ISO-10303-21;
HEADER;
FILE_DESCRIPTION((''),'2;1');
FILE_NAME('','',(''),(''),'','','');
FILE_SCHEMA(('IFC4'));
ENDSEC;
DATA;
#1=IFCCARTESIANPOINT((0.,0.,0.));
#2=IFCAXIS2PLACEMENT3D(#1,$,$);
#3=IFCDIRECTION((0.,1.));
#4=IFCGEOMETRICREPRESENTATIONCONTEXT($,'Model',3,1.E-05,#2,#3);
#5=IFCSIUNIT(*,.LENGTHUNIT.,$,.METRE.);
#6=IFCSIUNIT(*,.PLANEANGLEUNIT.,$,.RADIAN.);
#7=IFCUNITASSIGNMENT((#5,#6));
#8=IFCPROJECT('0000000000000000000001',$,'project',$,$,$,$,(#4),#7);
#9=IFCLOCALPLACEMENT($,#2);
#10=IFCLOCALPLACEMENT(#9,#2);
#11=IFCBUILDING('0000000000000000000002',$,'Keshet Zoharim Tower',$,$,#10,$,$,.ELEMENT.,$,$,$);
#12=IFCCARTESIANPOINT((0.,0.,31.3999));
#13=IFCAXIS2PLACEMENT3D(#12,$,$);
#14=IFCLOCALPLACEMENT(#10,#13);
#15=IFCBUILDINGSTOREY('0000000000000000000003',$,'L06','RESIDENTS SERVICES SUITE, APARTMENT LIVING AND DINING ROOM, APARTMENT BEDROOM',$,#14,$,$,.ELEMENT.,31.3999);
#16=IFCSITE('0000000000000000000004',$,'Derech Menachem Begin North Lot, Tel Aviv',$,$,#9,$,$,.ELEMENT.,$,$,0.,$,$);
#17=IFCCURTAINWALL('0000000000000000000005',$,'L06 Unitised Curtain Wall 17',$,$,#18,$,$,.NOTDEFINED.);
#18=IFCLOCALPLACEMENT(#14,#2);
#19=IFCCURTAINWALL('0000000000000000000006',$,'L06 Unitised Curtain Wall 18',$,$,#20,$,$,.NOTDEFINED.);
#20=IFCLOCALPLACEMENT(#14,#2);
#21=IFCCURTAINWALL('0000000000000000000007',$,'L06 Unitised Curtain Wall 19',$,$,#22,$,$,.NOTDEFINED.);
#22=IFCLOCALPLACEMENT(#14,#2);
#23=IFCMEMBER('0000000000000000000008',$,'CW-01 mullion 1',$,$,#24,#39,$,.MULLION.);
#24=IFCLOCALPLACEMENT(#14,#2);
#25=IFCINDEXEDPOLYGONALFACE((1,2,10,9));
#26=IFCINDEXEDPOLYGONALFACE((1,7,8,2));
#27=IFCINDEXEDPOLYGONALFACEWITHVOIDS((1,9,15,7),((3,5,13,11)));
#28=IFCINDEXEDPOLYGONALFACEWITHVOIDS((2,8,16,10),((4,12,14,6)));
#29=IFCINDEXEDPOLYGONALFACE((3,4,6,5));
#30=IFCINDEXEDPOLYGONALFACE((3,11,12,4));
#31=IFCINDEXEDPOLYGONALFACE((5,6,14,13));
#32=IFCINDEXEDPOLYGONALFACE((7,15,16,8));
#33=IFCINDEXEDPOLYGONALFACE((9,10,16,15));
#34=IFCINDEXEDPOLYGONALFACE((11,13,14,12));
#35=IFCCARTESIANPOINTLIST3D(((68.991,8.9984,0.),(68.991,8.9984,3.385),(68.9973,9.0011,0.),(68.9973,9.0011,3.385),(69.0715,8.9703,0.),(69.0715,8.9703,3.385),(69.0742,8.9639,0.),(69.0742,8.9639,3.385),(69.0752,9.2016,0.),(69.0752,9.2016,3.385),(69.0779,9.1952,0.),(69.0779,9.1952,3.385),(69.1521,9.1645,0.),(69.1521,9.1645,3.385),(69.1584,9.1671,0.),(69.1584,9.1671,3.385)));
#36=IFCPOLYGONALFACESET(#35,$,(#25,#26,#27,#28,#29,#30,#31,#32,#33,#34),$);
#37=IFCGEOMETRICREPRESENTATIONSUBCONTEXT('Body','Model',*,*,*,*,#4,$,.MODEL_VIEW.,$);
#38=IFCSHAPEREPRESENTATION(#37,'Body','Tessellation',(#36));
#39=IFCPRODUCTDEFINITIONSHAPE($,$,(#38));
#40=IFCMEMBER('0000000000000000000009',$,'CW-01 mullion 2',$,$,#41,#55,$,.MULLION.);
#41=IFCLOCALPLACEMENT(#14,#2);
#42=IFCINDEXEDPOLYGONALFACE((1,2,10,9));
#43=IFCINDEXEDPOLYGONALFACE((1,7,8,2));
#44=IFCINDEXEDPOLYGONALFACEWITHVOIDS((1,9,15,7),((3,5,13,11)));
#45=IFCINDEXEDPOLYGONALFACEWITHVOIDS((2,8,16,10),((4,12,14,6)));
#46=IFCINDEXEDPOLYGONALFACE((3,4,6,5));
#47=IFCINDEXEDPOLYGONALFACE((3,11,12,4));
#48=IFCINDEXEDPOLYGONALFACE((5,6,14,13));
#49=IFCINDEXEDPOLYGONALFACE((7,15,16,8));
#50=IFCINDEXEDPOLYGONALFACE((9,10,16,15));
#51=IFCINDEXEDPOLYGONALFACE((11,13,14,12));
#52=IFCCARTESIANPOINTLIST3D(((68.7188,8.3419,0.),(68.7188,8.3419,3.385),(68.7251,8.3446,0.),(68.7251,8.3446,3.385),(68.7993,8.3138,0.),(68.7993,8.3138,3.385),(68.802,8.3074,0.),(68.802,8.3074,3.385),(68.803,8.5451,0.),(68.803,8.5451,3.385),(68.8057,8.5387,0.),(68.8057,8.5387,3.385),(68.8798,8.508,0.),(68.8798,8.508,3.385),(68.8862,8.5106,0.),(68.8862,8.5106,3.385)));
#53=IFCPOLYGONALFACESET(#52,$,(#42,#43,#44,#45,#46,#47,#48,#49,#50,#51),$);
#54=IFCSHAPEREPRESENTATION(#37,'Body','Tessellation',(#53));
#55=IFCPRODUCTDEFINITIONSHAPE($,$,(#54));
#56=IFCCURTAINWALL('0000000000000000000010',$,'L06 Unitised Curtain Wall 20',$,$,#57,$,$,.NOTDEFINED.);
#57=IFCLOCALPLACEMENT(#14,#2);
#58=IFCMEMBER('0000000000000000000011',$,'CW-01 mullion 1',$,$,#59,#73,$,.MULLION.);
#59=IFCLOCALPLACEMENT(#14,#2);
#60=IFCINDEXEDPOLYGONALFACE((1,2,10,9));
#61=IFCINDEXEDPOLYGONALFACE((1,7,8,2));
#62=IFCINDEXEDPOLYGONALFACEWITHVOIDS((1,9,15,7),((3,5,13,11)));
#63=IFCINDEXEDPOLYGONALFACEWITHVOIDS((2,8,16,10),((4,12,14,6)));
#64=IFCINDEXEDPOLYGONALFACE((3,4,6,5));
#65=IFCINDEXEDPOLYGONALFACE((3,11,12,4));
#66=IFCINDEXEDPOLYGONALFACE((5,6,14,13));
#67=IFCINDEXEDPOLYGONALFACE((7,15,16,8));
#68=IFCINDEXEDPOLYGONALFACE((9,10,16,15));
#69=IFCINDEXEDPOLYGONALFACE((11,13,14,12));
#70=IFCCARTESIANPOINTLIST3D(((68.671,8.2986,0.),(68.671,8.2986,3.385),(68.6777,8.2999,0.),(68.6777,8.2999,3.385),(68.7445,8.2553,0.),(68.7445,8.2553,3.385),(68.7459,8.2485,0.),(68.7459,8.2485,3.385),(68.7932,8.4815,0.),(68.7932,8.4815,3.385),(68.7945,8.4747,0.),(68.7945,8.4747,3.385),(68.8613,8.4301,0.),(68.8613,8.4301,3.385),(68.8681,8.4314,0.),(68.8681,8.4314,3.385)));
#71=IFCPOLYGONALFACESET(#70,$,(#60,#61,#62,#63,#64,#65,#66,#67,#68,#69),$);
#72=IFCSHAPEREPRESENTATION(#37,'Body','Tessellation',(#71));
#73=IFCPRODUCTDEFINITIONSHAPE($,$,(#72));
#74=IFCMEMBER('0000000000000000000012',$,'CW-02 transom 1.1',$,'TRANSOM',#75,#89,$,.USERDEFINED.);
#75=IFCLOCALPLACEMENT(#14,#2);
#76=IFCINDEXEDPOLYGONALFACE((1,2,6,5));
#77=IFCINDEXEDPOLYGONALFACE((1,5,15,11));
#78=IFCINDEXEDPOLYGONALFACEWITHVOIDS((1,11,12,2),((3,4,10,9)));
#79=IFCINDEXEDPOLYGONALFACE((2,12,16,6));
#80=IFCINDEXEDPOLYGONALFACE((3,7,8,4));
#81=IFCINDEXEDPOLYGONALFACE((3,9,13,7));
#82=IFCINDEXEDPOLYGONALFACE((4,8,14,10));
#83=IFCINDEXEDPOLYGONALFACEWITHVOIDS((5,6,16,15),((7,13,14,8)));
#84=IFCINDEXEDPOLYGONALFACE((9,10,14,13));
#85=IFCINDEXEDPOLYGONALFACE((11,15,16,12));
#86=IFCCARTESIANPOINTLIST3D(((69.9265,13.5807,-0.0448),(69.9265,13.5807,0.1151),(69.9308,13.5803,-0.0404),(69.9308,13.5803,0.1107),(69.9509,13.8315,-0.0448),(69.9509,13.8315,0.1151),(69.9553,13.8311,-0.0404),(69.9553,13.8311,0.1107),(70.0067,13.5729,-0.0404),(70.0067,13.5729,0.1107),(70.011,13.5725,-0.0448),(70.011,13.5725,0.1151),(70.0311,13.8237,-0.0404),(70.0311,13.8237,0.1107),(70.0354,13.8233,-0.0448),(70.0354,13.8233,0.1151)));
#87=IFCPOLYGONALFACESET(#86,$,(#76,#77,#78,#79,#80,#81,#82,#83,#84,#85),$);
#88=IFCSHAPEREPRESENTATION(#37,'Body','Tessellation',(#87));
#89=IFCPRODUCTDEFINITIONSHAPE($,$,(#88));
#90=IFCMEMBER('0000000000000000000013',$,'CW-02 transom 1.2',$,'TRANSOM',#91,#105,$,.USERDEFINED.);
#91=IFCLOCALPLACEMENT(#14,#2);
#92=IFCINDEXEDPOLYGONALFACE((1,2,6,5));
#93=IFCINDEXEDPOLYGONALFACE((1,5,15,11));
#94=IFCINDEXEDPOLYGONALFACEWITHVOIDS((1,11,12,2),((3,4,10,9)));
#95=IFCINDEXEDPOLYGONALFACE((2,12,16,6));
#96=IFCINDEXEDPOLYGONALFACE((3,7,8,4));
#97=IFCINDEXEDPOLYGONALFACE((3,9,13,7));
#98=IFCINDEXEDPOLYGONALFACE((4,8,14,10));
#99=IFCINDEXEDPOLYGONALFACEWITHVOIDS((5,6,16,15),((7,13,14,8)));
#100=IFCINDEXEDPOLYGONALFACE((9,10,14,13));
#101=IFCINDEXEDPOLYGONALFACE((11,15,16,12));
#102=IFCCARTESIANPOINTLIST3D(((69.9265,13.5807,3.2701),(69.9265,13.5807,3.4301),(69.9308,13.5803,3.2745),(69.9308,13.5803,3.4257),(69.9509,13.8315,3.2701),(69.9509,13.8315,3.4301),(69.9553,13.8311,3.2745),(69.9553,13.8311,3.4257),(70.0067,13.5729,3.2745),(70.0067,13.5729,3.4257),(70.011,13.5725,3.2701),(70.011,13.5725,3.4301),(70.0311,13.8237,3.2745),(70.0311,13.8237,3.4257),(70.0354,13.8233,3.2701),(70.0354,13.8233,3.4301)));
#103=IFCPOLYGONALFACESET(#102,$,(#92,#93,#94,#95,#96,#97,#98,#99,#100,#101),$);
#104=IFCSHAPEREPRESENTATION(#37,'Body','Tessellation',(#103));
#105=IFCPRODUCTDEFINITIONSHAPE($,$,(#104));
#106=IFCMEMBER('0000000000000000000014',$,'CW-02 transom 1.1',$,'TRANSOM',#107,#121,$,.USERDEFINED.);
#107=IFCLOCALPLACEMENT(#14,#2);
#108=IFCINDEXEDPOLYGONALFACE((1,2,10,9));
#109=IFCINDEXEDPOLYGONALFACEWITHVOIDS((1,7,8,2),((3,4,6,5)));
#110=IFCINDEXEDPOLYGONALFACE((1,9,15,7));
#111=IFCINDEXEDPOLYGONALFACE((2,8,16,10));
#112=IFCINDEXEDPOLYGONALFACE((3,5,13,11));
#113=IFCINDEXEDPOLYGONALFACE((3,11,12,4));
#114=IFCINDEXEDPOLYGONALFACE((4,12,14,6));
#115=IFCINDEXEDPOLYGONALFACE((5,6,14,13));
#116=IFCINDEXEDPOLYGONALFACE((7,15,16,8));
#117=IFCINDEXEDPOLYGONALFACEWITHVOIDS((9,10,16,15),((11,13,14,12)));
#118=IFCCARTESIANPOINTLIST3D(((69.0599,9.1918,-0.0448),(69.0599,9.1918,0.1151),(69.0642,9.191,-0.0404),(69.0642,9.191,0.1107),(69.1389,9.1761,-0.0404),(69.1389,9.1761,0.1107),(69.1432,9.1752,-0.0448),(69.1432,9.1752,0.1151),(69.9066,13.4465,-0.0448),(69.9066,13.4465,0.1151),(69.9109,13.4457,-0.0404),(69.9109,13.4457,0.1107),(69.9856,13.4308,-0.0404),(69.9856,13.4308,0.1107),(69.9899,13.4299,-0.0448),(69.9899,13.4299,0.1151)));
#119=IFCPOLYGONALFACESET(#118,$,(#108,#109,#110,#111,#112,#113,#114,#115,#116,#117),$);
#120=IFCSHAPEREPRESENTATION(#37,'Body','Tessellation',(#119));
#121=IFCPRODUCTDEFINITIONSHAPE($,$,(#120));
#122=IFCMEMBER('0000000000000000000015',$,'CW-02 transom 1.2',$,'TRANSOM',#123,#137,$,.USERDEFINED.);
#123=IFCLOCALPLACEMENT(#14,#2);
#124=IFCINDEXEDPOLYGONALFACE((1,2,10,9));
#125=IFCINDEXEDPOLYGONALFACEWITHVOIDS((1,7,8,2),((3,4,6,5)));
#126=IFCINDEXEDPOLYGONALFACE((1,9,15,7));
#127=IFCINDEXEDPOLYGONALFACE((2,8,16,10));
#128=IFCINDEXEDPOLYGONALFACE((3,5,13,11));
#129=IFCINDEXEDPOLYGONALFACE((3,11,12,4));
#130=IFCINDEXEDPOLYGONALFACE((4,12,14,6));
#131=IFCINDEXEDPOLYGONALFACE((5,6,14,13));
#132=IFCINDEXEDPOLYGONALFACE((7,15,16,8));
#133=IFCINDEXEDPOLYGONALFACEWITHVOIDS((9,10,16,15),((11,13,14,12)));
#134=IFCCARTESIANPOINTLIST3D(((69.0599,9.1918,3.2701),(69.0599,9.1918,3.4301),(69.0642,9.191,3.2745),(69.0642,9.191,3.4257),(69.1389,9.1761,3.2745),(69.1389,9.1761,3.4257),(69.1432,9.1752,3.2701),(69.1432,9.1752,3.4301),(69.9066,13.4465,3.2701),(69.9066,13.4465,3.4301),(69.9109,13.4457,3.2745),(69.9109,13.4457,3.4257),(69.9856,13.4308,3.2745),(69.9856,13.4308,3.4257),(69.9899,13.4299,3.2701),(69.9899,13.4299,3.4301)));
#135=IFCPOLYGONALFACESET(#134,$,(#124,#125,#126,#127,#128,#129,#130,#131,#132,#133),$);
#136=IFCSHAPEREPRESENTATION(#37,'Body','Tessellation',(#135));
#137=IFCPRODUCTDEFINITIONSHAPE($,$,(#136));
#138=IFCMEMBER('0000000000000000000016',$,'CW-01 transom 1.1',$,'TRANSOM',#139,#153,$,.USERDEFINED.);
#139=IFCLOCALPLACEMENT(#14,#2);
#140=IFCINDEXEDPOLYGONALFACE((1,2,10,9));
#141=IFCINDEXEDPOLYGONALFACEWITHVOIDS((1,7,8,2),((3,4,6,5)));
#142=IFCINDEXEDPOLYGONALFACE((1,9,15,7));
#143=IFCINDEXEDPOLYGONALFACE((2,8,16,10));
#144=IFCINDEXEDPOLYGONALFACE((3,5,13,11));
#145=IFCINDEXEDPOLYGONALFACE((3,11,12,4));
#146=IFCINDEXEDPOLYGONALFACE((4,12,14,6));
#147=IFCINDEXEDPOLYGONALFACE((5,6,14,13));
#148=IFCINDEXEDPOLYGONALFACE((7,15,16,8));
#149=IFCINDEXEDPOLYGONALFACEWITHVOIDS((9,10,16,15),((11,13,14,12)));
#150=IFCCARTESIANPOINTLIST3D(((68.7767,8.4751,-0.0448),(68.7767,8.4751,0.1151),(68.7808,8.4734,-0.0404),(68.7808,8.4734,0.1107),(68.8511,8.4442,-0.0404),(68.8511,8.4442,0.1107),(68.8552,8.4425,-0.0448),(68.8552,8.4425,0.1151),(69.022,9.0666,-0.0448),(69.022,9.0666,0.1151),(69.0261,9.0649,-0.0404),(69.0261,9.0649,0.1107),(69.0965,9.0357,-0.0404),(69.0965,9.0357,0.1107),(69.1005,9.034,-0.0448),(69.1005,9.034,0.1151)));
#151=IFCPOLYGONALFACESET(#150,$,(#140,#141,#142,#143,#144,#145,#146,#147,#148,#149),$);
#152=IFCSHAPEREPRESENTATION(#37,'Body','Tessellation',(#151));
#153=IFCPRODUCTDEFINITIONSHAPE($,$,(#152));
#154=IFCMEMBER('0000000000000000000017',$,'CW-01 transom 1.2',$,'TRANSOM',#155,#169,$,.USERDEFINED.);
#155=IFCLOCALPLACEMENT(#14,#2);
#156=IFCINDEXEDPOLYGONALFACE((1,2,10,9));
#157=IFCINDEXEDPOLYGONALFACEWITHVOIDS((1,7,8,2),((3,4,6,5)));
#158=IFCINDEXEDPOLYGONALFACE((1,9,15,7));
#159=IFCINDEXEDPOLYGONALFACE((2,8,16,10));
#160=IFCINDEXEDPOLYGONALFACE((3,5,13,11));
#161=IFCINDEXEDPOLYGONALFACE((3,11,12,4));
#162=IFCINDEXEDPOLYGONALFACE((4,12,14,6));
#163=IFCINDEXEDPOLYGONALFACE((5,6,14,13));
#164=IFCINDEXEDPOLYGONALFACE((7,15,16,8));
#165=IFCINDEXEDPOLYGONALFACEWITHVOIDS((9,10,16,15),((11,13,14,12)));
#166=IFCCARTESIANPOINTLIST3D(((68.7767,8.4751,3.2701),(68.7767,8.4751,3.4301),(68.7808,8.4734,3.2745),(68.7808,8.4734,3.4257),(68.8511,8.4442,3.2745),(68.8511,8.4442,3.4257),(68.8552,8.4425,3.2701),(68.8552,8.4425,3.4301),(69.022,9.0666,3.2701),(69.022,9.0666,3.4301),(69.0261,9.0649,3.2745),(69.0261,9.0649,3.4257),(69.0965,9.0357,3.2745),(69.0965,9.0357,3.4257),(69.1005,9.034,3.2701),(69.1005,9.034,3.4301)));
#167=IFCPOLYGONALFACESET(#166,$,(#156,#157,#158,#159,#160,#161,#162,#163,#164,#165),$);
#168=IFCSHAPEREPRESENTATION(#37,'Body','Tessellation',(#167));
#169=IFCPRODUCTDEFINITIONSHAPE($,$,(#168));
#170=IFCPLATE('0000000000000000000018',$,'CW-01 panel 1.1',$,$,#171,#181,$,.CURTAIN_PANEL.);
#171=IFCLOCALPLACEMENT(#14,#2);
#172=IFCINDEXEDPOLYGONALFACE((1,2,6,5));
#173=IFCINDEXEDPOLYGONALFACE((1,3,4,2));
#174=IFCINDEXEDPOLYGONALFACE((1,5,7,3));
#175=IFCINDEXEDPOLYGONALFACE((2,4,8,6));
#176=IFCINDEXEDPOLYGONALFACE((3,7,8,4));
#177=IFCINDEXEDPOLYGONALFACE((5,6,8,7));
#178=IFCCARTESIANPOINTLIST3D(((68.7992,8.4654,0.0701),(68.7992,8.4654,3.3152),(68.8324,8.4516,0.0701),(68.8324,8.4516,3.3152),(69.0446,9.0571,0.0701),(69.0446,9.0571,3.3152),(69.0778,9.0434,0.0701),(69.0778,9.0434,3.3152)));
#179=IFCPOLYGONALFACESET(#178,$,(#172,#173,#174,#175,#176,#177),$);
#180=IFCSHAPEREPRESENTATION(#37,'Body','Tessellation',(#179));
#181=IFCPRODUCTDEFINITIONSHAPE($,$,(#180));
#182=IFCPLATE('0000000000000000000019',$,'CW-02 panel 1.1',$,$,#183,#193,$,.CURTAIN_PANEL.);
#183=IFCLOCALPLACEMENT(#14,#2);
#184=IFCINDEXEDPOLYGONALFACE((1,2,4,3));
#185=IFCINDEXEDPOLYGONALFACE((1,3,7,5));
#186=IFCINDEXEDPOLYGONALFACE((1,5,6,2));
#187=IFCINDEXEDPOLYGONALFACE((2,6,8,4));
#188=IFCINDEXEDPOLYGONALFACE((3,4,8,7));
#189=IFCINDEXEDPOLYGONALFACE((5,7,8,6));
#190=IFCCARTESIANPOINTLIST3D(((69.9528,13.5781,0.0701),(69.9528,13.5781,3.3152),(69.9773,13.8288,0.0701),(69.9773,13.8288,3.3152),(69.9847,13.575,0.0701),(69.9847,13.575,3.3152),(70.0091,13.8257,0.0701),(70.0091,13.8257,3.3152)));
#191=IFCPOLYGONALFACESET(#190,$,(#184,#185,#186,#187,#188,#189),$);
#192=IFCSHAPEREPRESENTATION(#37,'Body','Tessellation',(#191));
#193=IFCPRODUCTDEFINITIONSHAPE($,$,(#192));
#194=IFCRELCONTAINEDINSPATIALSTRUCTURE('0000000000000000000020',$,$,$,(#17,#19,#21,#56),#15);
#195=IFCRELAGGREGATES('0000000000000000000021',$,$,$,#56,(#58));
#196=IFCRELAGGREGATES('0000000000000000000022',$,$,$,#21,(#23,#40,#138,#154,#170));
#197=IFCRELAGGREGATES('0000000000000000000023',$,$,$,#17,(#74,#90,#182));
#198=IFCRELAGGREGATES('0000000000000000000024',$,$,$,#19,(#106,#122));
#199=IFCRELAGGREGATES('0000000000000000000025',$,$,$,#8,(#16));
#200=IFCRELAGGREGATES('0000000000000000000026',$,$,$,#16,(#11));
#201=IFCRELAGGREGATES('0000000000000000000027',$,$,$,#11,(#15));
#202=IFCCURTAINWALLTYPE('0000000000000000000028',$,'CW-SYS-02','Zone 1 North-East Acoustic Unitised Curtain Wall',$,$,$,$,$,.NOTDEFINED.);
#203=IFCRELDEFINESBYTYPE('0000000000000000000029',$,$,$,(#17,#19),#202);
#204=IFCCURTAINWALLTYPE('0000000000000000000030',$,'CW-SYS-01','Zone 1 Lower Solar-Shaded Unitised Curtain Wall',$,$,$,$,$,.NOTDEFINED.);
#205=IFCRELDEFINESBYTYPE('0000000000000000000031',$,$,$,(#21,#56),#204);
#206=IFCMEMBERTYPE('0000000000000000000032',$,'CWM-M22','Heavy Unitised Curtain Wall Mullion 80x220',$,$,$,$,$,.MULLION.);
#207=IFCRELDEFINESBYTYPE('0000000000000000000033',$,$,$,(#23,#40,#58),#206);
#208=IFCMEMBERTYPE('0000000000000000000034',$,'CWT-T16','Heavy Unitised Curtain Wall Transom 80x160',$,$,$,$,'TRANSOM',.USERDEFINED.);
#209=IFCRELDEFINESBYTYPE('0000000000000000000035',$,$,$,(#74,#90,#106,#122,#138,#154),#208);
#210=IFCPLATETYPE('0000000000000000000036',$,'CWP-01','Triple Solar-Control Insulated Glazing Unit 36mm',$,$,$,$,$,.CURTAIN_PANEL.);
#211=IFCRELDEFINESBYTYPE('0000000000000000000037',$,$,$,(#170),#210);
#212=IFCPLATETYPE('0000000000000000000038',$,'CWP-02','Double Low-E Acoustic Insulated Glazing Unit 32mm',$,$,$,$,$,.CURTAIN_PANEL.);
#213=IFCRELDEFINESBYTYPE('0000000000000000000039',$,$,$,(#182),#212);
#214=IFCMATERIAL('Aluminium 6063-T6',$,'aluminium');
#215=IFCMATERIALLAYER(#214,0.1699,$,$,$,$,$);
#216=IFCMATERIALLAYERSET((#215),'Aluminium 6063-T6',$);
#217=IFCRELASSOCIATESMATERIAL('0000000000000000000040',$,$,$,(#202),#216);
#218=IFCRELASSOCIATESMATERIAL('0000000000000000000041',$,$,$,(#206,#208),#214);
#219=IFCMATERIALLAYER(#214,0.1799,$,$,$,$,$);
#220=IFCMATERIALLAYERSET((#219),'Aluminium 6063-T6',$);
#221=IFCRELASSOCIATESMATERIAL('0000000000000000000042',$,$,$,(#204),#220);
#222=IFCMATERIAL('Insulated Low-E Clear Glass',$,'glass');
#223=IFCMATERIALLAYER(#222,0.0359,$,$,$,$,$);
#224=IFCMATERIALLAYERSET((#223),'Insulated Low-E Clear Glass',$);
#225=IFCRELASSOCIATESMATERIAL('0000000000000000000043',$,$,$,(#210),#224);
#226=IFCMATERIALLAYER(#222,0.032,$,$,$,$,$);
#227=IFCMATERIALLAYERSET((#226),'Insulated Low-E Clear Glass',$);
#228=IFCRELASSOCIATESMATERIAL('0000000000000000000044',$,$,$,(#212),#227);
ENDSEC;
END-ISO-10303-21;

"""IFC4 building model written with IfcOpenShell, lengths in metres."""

from ifc_helpers import new_model, si_unit, direction, frame, origin, origin_2d, place, context, subcontext, project, spatial, rectangle, hollow_rectangle, extrude, material, layer, layer_set, material_profile, profile_set, type_object, element, aggregate, save


model = new_model("IFC4")

# Units and contexts
model_context = context("Model", 3, precision=1e-05, world=origin(), true_north=direction((0.0, 1.0)))
body_context = subcontext(model_context, "Body", "Model", "MODEL_VIEW")
ifc_project = project(units=[si_unit("LENGTHUNIT", "METRE"), si_unit("PLANEANGLEUNIT", "RADIAN")], contexts=[model_context])

# Site, building, storey
site_placement = place(None, origin())
site = spatial("IfcSite", under=ifc_project, at=site_placement, Name="Derech Menachem Begin North Lot, Tel Aviv", CompositionType="ELEMENT", RefElevation=0.0)
building_placement = place(site_placement, origin())
building = spatial("IfcBuilding", under=site, at=building_placement, Name="Keshet Zoharim Tower", CompositionType="ELEMENT")
storey_placement = place(building_placement, frame((0.0, 0.0, 31.3999)))
storey = spatial("IfcBuildingStorey", under=building, at=storey_placement, Name="L06", Description="RESIDENTS SERVICES SUITE, APARTMENT LIVING AND DINING ROOM, APARTMENT BEDROOM", CompositionType="ELEMENT", Elevation=31.3999)

# Shared definitions
ifc_material_1 = material(Name="Aluminium 6063-T6", Category="aluminium")
ifc_layer_1 = layer(ifc_material_1, 0.1699)
ifc_layer_set_1 = layer_set([ifc_layer_1], Name="Aluminium 6063-T6")
curtain_wall_type_1 = type_object("IfcCurtainWallType", Name="CW-SYS-02", Description="Zone 1 North-East Acoustic Unitised Curtain Wall", PredefinedType="NOTDEFINED", material=ifc_layer_set_1)
ifc_material_profile_1 = material_profile(ifc_material_1, hollow_rectangle(XDim=0.0901, YDim=0.22, WallThickness=0.0049, at=origin_2d()), Name="MUL-90x220")
ifc_profile_set_1 = profile_set([ifc_material_profile_1], Name="Aluminium 6063-T6")
member_type_1 = type_object("IfcMemberType", Name="CWM-M22", Description="Heavy Unitised Curtain Wall Mullion 80x220", PredefinedType="MULLION", material=ifc_profile_set_1)

# Curtain walls, members
curtain_wall_1_placement = place(storey_placement, origin())
curtain_wall_1 = element("IfcCurtainWall", 1, at=curtain_wall_1_placement, inside=storey, type_object=curtain_wall_type_1, Name="L06 Unitised Curtain Wall 17", PredefinedType="NOTDEFINED")
curtain_wall_2_placement = place(storey_placement, origin())
curtain_wall_2 = element("IfcCurtainWall", 2, at=curtain_wall_2_placement, inside=storey, type_object=curtain_wall_type_1, Name="L06 Unitised Curtain Wall 18", PredefinedType="NOTDEFINED")
ifc_layer_2 = layer(ifc_material_1, 0.1799)
ifc_layer_set_2 = layer_set([ifc_layer_2], Name="Aluminium 6063-T6")
curtain_wall_type_2 = type_object("IfcCurtainWallType", Name="CW-SYS-01", Description="Zone 1 Lower Solar-Shaded Unitised Curtain Wall", PredefinedType="NOTDEFINED", material=ifc_layer_set_2)
curtain_wall_3_placement = place(storey_placement, origin())
curtain_wall_3 = element("IfcCurtainWall", 3, at=curtain_wall_3_placement, inside=storey, type_object=curtain_wall_type_2, Name="L06 Unitised Curtain Wall 19", PredefinedType="NOTDEFINED")
member_1_placement = place(storey_placement, frame((69.0747, 9.0828, 0.0), z_axis=(0.0, 0.0, 1.0), x_axis=(0.92372, -0.383068, 0.0)))
member_1 = element("IfcMember", 4, at=member_1_placement, type_object=member_type_1, Name="CW-01 mullion 1", PredefinedType="MULLION", context=body_context, shape_type="SweptSolid", body=[
    extrude(hollow_rectangle(XDim=0.0901, YDim=0.22, WallThickness=0.0049, at=origin_2d()), origin(), (0.0, 0.0, 1.0), 3.385),
])
member_2_placement = place(storey_placement, frame((68.8025, 8.4263, 0.0), z_axis=(0.0, 0.0, 1.0), x_axis=(0.92372, -0.383068, 0.0)))
member_2 = element("IfcMember", 5, at=member_2_placement, type_object=member_type_1, Name="CW-01 mullion 2", PredefinedType="MULLION", context=body_context, shape_type="SweptSolid", body=[
    extrude(hollow_rectangle(XDim=0.0901, YDim=0.22, WallThickness=0.0049, at=origin_2d()), origin(), (0.0, 0.0, 1.0), 3.385),
])

# Curtain wall, member
curtain_wall_4_placement = place(storey_placement, origin())
curtain_wall_4 = element("IfcCurtainWall", 6, at=curtain_wall_4_placement, inside=storey, type_object=curtain_wall_type_2, Name="L06 Unitised Curtain Wall 20", PredefinedType="NOTDEFINED")
member_3_placement = place(storey_placement, frame((68.7695, 8.365, 0.0), z_axis=(0.0, 0.0, 1.0), x_axis=(0.831474, -0.555563, 0.0)))
member_3 = element("IfcMember", 7, at=member_3_placement, type_object=member_type_1, Name="CW-01 mullion 1", PredefinedType="MULLION", context=body_context, shape_type="SweptSolid", body=[
    extrude(hollow_rectangle(XDim=0.0901, YDim=0.22, WallThickness=0.0049, at=origin_2d()), origin(), (0.0, 0.0, 1.0), 3.385),
])
aggregate(curtain_wall_4, [member_3])

# Members
ifc_material_profile_2 = material_profile(ifc_material_1, hollow_rectangle(XDim=0.085, YDim=0.1599, WallThickness=0.0044, at=origin_2d()), Name="TRN-85x160")
ifc_profile_set_2 = profile_set([ifc_material_profile_2], Name="Aluminium 6063-T6")
member_type_2 = type_object("IfcMemberType", Name="CWT-T16", Description="Heavy Unitised Curtain Wall Transom 80x160", ElementType="TRANSOM", PredefinedType="USERDEFINED", material=ifc_profile_set_2)
member_4_placement = place(storey_placement, frame((69.9932, 13.8274, 0.0352), z_axis=(-0.096913, -0.995293, 0.0), x_axis=(0.995293, -0.096913, 0.0)))
member_4 = element("IfcMember", 8, at=member_4_placement, type_object=member_type_2, Name="CW-02 transom 1.1", ObjectType="TRANSOM", PredefinedType="USERDEFINED", context=body_context, shape_type="SweptSolid", body=[
    extrude(hollow_rectangle(XDim=0.085, YDim=0.1599, WallThickness=0.0044, at=origin_2d()), origin(), (0.0, 0.0, 1.0), 0.252),
])
member_5_placement = place(storey_placement, frame((69.9932, 13.8274, 3.3501), z_axis=(-0.096913, -0.995293, 0.0), x_axis=(0.995293, -0.096913, 0.0)))
member_5 = element("IfcMember", 9, at=member_5_placement, type_object=member_type_2, Name="CW-02 transom 1.2", ObjectType="TRANSOM", PredefinedType="USERDEFINED", context=body_context, shape_type="SweptSolid", body=[
    extrude(hollow_rectangle(XDim=0.085, YDim=0.1599, WallThickness=0.0044, at=origin_2d()), origin(), (0.0, 0.0, 1.0), 0.252),
])
member_6_placement = place(storey_placement, frame((69.9482, 13.4382, 0.0352), z_axis=(-0.195174, -0.980769, 0.0), x_axis=(0.980769, -0.195174, 0.0)))
member_6 = element("IfcMember", 10, at=member_6_placement, type_object=member_type_2, Name="CW-02 transom 1.1", ObjectType="TRANSOM", PredefinedType="USERDEFINED", context=body_context, shape_type="SweptSolid", body=[
    extrude(hollow_rectangle(XDim=0.085, YDim=0.1599, WallThickness=0.0044, at=origin_2d()), origin(), (0.0, 0.0, 1.0), 4.3381),
])
member_7_placement = place(storey_placement, frame((69.9482, 13.4382, 3.3501), z_axis=(-0.195174, -0.980769, 0.0), x_axis=(0.980769, -0.195174, 0.0)))
member_7 = element("IfcMember", 11, at=member_7_placement, type_object=member_type_2, Name="CW-02 transom 1.2", ObjectType="TRANSOM", PredefinedType="USERDEFINED", context=body_context, shape_type="SweptSolid", body=[
    extrude(hollow_rectangle(XDim=0.085, YDim=0.1599, WallThickness=0.0044, at=origin_2d()), origin(), (0.0, 0.0, 1.0), 4.3381),
])
member_8_placement = place(storey_placement, frame((69.0613, 9.0503, 0.0352), z_axis=(-0.383126, -0.923696, 0.0), x_axis=(0.923696, -0.383126, 0.0)))
member_8 = element("IfcMember", 12, at=member_8_placement, type_object=member_type_2, Name="CW-01 transom 1.1", ObjectType="TRANSOM", PredefinedType="USERDEFINED", context=body_context, shape_type="SweptSolid", body=[
    extrude(hollow_rectangle(XDim=0.085, YDim=0.1599, WallThickness=0.0044, at=origin_2d()), origin(), (0.0, 0.0, 1.0), 0.6404),
])
member_9_placement = place(storey_placement, frame((69.0613, 9.0503, 3.3501), z_axis=(-0.383126, -0.923696, 0.0), x_axis=(0.923696, -0.383126, 0.0)))
member_9 = element("IfcMember", 13, at=member_9_placement, type_object=member_type_2, Name="CW-01 transom 1.2", ObjectType="TRANSOM", PredefinedType="USERDEFINED", context=body_context, shape_type="SweptSolid", body=[
    extrude(hollow_rectangle(XDim=0.085, YDim=0.1599, WallThickness=0.0044, at=origin_2d()), origin(), (0.0, 0.0, 1.0), 0.6404),
])

# Plates
ifc_material_2 = material(Name="Insulated Low-E Clear Glass", Category="glass")
ifc_layer_3 = layer(ifc_material_2, 0.0359)
ifc_layer_set_3 = layer_set([ifc_layer_3], Name="Insulated Low-E Clear Glass")
plate_type_1 = type_object("IfcPlateType", Name="CWP-01", Description="Triple Solar-Control Insulated Glazing Unit 36mm", PredefinedType="CURTAIN_PANEL", material=ifc_layer_set_3)
plate_1_placement = place(storey_placement, frame((68.9385, 8.7544, 0.0701), z_axis=(0.0, 0.0, 1.0), x_axis=(-0.383068, -0.92372, 0.0)))
plate_1 = element("IfcPlate", 14, at=plate_1_placement, type_object=plate_type_1, Name="CW-01 panel 1.1", PredefinedType="CURTAIN_PANEL", context=body_context, shape_type="SweptSolid", body=[
    extrude(rectangle(XDim=0.6406, YDim=0.0359, at=origin_2d()), origin(), (0.0, 0.0, 1.0), 3.2451),
])
aggregate(curtain_wall_3, [member_1, member_2, member_8, member_9, plate_1])
ifc_layer_4 = layer(ifc_material_2, 0.032)
ifc_layer_set_4 = layer_set([ifc_layer_4], Name="Insulated Low-E Clear Glass")
plate_type_2 = type_object("IfcPlateType", Name="CWP-02", Description="Double Low-E Acoustic Insulated Glazing Unit 32mm", PredefinedType="CURTAIN_PANEL", material=ifc_layer_set_4)
plate_2_placement = place(storey_placement, frame((69.981, 13.7019, 0.0701), z_axis=(0.0, 0.0, 1.0), x_axis=(-0.096977, -0.995287, 0.0)))
plate_2 = element("IfcPlate", 15, at=plate_2_placement, type_object=plate_type_2, Name="CW-02 panel 1.1", PredefinedType="CURTAIN_PANEL", context=body_context, shape_type="SweptSolid", body=[
    extrude(rectangle(XDim=0.252, YDim=0.032, at=origin_2d()), origin(), (0.0, 0.0, 1.0), 3.2451),
])
aggregate(curtain_wall_1, [member_4, member_5, plate_2])
aggregate(curtain_wall_2, [member_6, member_7])

save(model, "model.ifc")
